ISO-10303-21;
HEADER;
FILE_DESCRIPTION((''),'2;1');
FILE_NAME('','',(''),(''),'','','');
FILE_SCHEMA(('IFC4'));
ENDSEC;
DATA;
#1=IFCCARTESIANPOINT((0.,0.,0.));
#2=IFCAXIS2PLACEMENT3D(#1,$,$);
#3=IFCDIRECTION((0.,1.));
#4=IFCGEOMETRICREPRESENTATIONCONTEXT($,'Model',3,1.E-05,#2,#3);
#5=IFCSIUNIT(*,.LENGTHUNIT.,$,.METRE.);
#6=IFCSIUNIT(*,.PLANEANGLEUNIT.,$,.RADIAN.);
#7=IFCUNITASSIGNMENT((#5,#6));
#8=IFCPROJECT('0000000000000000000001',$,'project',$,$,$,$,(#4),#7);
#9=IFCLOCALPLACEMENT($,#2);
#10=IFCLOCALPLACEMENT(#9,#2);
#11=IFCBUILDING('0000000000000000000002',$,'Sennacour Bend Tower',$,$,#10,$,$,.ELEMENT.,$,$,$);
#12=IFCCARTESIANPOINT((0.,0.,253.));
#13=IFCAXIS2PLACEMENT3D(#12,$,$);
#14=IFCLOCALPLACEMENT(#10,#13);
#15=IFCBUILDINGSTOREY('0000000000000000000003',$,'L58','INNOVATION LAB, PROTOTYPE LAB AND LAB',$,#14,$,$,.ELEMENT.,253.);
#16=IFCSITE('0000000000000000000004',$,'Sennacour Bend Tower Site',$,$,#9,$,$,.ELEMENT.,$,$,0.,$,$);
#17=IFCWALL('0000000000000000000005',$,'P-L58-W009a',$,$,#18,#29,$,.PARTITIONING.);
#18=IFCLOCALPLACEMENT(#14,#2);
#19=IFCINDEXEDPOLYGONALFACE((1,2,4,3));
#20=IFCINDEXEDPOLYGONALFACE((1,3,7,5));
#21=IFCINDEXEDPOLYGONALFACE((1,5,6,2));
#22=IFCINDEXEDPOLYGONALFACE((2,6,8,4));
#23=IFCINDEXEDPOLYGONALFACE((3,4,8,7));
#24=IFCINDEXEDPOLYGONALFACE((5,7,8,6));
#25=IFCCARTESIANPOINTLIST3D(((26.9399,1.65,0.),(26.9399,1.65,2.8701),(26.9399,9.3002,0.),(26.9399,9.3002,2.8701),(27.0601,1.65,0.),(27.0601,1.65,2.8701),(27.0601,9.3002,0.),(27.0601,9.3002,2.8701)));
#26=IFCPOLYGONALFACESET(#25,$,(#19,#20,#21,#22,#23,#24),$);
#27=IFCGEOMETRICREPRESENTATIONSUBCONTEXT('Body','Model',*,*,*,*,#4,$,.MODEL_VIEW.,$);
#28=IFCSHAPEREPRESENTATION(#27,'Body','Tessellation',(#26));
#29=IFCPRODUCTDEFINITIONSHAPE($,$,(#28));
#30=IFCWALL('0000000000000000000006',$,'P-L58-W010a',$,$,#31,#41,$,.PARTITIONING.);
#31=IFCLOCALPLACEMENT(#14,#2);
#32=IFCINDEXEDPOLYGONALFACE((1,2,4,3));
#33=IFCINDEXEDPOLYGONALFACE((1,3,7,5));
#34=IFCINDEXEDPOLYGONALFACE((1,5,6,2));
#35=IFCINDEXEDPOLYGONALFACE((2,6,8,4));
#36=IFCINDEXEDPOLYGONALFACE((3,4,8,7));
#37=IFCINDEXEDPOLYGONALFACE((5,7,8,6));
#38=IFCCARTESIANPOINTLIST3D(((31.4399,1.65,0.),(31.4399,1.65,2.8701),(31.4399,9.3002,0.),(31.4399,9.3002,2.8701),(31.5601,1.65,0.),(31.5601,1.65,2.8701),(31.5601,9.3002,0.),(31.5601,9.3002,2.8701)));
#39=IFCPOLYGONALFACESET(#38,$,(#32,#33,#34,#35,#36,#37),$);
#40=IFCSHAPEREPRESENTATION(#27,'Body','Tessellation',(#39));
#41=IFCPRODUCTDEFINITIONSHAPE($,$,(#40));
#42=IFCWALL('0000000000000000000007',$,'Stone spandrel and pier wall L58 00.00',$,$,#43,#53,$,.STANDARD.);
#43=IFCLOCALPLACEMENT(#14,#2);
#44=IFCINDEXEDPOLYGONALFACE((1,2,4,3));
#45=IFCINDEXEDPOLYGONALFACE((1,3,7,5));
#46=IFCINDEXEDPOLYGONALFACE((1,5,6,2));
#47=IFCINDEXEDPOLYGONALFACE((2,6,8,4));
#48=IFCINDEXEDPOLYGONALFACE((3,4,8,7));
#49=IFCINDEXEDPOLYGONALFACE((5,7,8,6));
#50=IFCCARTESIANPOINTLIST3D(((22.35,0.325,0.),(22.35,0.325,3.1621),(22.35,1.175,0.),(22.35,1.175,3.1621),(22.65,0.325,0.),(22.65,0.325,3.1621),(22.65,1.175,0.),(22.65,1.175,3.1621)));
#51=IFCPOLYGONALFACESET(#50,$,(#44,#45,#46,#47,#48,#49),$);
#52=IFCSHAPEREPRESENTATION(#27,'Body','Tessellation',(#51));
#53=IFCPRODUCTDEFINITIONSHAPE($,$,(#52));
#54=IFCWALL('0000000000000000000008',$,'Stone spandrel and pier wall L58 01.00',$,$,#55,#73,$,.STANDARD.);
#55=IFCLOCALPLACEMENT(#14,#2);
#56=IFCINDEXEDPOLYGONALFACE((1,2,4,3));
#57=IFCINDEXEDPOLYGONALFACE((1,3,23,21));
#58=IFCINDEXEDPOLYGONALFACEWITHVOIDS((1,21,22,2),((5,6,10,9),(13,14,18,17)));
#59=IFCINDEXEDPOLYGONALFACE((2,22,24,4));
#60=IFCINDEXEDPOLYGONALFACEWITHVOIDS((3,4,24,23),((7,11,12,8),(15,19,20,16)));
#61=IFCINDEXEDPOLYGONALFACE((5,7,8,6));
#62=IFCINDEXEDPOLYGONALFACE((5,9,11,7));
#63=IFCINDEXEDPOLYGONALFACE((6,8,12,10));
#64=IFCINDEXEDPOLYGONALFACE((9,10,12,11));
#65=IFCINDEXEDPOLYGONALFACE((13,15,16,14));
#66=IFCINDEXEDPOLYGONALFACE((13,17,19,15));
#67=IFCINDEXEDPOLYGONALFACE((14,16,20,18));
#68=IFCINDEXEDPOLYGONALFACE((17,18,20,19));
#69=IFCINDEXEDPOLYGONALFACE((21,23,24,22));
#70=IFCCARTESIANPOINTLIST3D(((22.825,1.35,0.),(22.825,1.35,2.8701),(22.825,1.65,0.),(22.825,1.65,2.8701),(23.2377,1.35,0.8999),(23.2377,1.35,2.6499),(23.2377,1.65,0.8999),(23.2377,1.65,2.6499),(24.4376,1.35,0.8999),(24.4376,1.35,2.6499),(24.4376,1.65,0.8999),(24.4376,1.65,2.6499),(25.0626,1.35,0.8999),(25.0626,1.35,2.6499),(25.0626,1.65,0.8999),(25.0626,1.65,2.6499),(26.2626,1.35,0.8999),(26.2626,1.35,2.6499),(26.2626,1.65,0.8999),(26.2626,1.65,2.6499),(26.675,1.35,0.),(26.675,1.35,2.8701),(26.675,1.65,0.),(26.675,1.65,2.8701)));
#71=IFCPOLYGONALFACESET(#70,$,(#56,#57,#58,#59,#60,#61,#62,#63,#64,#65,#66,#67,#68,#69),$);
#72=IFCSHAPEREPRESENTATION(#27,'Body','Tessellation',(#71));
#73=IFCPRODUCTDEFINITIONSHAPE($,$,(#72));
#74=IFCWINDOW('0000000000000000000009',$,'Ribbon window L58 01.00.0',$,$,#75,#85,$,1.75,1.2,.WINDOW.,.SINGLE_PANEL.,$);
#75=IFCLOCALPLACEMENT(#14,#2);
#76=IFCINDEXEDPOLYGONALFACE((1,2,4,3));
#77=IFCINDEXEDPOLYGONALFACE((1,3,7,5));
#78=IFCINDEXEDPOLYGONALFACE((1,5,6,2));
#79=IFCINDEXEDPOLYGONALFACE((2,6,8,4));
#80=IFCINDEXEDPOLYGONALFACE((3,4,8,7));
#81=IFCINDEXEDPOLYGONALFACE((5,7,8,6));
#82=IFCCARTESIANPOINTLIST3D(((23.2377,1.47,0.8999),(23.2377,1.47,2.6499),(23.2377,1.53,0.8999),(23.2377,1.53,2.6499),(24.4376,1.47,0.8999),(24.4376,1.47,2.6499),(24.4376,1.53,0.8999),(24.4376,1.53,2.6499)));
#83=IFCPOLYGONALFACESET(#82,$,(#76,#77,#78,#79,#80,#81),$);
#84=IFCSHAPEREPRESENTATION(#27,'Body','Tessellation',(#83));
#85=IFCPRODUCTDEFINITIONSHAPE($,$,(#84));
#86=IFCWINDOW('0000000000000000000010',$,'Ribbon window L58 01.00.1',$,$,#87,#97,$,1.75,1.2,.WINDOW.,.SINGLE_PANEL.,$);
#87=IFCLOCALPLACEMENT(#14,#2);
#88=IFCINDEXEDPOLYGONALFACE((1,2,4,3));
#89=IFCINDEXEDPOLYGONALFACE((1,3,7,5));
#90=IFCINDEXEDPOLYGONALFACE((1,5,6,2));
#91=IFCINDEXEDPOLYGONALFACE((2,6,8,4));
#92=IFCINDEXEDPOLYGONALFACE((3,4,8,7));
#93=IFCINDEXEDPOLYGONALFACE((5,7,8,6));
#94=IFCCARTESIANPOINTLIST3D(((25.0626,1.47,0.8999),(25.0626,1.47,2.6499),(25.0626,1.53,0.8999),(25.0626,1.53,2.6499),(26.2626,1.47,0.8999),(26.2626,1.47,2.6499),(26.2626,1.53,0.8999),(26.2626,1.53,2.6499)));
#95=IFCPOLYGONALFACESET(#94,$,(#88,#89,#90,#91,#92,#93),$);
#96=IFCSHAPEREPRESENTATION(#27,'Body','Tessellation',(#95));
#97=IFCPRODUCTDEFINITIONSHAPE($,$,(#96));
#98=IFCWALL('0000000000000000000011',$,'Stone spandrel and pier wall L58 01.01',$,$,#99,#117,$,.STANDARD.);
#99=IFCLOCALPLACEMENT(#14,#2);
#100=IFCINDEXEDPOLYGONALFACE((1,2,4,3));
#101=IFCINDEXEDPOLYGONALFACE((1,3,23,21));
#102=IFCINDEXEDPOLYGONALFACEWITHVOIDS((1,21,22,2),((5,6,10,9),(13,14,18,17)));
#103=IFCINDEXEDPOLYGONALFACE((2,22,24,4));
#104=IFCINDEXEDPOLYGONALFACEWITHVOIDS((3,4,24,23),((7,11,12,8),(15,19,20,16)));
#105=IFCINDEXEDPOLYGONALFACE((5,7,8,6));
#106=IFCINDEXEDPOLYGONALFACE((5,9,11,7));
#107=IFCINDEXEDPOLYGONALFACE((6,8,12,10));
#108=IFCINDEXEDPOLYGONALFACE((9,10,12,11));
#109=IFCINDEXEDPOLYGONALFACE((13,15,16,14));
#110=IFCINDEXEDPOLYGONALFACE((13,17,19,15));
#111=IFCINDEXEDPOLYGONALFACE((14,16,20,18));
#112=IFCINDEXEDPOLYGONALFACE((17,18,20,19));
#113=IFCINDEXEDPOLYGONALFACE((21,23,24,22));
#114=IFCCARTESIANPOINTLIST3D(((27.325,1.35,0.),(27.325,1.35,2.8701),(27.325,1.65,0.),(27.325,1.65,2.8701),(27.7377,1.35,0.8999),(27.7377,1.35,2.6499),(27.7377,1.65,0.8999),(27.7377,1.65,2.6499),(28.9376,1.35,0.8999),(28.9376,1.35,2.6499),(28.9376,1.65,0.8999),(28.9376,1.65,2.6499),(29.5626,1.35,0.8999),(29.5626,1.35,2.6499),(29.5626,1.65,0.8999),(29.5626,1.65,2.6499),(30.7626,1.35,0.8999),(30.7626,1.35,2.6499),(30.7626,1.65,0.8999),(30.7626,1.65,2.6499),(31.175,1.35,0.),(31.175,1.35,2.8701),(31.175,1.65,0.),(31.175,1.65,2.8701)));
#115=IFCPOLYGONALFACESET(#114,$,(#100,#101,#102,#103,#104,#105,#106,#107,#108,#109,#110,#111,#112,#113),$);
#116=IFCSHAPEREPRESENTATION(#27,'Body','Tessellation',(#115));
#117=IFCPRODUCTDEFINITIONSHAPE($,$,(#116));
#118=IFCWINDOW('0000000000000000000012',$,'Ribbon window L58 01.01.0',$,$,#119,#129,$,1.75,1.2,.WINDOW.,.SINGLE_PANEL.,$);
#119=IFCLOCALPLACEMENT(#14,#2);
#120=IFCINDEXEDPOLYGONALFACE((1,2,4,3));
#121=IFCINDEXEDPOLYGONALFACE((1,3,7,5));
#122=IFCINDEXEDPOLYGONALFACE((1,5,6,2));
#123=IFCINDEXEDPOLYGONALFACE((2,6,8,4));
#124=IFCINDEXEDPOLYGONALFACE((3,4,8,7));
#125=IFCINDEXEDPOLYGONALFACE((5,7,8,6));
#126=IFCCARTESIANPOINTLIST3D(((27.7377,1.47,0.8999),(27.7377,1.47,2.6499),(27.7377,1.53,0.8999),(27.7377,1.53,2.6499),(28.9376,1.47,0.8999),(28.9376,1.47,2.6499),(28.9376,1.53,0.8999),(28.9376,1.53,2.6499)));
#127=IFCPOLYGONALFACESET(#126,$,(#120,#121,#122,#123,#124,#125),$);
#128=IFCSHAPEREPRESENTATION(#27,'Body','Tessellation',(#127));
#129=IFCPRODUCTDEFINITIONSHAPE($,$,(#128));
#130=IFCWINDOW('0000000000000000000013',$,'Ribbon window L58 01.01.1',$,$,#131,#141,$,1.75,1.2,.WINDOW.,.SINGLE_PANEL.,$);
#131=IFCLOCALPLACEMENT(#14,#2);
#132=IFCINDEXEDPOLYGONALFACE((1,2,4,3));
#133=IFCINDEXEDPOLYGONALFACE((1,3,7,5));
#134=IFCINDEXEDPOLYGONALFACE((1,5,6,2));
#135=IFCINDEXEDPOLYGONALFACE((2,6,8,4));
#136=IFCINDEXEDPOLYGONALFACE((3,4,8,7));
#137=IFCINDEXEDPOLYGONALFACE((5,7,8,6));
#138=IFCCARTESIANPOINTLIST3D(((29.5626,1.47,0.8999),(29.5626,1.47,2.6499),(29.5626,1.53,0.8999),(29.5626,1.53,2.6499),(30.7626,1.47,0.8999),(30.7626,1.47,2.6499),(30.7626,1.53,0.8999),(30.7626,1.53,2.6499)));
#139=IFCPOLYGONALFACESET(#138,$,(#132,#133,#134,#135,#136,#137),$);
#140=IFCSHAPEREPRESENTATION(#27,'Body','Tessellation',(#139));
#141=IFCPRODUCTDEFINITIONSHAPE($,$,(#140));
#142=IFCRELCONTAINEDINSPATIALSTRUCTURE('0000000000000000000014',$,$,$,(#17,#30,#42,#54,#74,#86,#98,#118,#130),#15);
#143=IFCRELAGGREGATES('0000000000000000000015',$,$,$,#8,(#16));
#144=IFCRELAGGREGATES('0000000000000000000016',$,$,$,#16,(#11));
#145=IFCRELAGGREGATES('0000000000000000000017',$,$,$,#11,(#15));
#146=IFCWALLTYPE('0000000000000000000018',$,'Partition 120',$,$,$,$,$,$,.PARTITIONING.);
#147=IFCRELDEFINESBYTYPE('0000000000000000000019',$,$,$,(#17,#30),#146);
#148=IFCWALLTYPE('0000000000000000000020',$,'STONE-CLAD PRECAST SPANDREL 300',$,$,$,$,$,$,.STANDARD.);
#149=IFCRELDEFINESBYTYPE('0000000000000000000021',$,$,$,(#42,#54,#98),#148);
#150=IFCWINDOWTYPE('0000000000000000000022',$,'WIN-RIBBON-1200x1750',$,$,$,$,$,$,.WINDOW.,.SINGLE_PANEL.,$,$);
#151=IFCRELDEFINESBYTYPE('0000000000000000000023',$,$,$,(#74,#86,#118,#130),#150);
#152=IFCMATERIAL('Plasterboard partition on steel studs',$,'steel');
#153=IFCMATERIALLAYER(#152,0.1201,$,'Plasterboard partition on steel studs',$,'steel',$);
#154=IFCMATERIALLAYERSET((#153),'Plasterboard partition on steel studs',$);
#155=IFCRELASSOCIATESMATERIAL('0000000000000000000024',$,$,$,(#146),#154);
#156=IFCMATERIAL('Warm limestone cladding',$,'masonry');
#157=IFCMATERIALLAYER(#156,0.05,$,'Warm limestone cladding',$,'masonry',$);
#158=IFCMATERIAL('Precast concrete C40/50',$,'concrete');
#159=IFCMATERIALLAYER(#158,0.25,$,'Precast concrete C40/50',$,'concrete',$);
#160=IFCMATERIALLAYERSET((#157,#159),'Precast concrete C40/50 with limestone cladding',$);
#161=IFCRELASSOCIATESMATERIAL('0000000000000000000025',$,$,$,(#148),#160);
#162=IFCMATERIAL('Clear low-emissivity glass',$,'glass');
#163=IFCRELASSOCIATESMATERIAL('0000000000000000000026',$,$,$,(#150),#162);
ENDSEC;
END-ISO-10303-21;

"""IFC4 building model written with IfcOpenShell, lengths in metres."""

from ifc_helpers import new_model, si_unit, direction, frame, frame_2d, origin, place, context, subcontext, project, spatial, rectangle, extrude, material, layer, layer_set, type_object, element, fill, save


model = new_model("IFC4")

# Units and contexts
model_context = context("Model", 3, precision=1e-05, world=origin(), true_north=direction((0.0, 1.0)))
body_context = subcontext(model_context, "Body", "Model", "MODEL_VIEW")
ifc_project = project(units=[si_unit("LENGTHUNIT", "METRE"), si_unit("PLANEANGLEUNIT", "RADIAN")], contexts=[model_context])

# Site, building, storey
site_placement = place(None, origin())
site = spatial("IfcSite", under=ifc_project, at=site_placement, Name="Sennacour Bend Tower Site", CompositionType="ELEMENT", RefElevation=0.0)
building_placement = place(site_placement, origin())
building = spatial("IfcBuilding", under=site, at=building_placement, Name="Sennacour Bend Tower", CompositionType="ELEMENT")
storey_placement = place(building_placement, frame((0.0, 0.0, 253.0)))
storey = spatial("IfcBuildingStorey", under=building, at=storey_placement, Name="L58", Description="INNOVATION LAB, PROTOTYPE LAB AND LAB", CompositionType="ELEMENT", Elevation=253.0)

# Walls
ifc_material_1 = material(Name="Plasterboard partition on steel studs", Category="steel")
ifc_layer_1 = layer(ifc_material_1, 0.1201, Name="Plasterboard partition on steel studs", Category="steel")
ifc_layer_set_1 = layer_set([ifc_layer_1], Name="Plasterboard partition on steel studs")
wall_type_1 = type_object("IfcWallType", Name="Partition 120", PredefinedType="PARTITIONING", material=ifc_layer_set_1)
for number, where, z_axis, x_axis, name in (
    (1, (27.0, 1.6499, 0.0), (0.0, 0.0, 1.0), (0.0, 1.0, 0.0), "P-L58-W009a"),
    (2, (31.5, 1.6499, 0.0), (0.0, 0.0, 1.0), (0.0, 1.0, 0.0), "P-L58-W010a"),
):
    element("IfcWall", number, at=place(storey_placement, frame(where, z_axis=z_axis, x_axis=x_axis)), inside=storey, type_object=wall_type_1, Name=name, PredefinedType="PARTITIONING", context=body_context, shape_type="SweptSolid", body=[
        extrude(rectangle(XDim=7.6501, YDim=0.1201, at=frame_2d((3.8252, 0.0))), origin(), (0.0, 0.0, 1.0), 2.8701),
    ])
ifc_material_2 = material(Name="Warm limestone cladding", Category="masonry")
ifc_layer_2 = layer(ifc_material_2, 0.05, Name="Warm limestone cladding", Category="masonry")
ifc_material_3 = material(Name="Precast concrete C40/50", Category="concrete")
ifc_layer_3 = layer(ifc_material_3, 0.25, Name="Precast concrete C40/50", Category="concrete")
ifc_layer_set_2 = layer_set([ifc_layer_2, ifc_layer_3], Name="Precast concrete C40/50 with limestone cladding")
wall_type_2 = type_object("IfcWallType", Name="STONE-CLAD PRECAST SPANDREL 300", PredefinedType="STANDARD", material=ifc_layer_set_2)
wall_1_placement = place(storey_placement, frame((22.5, 0.325, 0.0), z_axis=(0.0, 0.0, 1.0), x_axis=(0.0, 1.0, 0.0)))
element("IfcWall", 3, at=wall_1_placement, inside=storey, type_object=wall_type_2, Name="Stone spandrel and pier wall L58 00.00", PredefinedType="STANDARD", context=body_context, shape_type="SweptSolid", body=[
    extrude(rectangle(XDim=0.8501, YDim=0.3, at=frame_2d((0.425, 0.0))), origin(), (0.0, 0.0, 1.0), 3.1621),
])

# Walls, openings, windows
wall_2_placement = place(storey_placement, frame((22.825, 1.5, 0.0), z_axis=(0.0, 0.0, 1.0), x_axis=(1.0, 0.0, 0.0)))
wall_2 = element("IfcWall", 4, at=wall_2_placement, inside=storey, type_object=wall_type_2, Name="Stone spandrel and pier wall L58 01.00", PredefinedType="STANDARD", context=body_context, shape_type="SweptSolid", body=[
    extrude(rectangle(XDim=3.8501, YDim=0.3, at=frame_2d((1.925, 0.0))), origin(), (0.0, 0.0, 1.0), 2.8701),
])
opening_1_placement = place(wall_2_placement, frame((0.4126, 0.0, 0.8999)))
opening_1 = element("IfcOpeningElement", 5, at=opening_1_placement, cuts=wall_2, PredefinedType="OPENING", context=body_context, shape_type="SweptSolid", body=[
    extrude(rectangle(XDim=1.2, YDim=1.75, at=frame_2d((0.6001, 0.875))), frame((0.0, 0.1602, 0.0), z_axis=(0.0, -1.0, 0.0), x_axis=(1.0, 0.0, 0.0)), (0.0, 0.0, 1.0), 0.3201),
])
opening_2_placement = place(wall_2_placement, frame((2.2375, 0.0, 0.8999)))
opening_2 = element("IfcOpeningElement", 6, at=opening_2_placement, cuts=wall_2, PredefinedType="OPENING", context=body_context, shape_type="SweptSolid", body=[
    extrude(rectangle(XDim=1.2, YDim=1.75, at=frame_2d((0.6001, 0.875))), frame((0.0, 0.1602, 0.0), z_axis=(0.0, -1.0, 0.0), x_axis=(1.0, 0.0, 0.0)), (0.0, 0.0, 1.0), 0.3201),
])
ifc_material_4 = material(Name="Clear low-emissivity glass", Category="glass")
window_type = type_object("IfcWindowType", Name="WIN-RIBBON-1200x1750", PartitioningType="SINGLE_PANEL", PredefinedType="WINDOW", material=ifc_material_4)
window_1_placement = place(opening_1_placement, origin())
window_1 = element("IfcWindow", 7, at=window_1_placement, inside=storey, type_object=window_type, Name="Ribbon window L58 01.00.0", OverallHeight=1.75, OverallWidth=1.2, PartitioningType="SINGLE_PANEL", PredefinedType="WINDOW", context=body_context, shape_type="SweptSolid", body=[
    extrude(rectangle(XDim=1.2, YDim=1.75, at=frame_2d((0.6001, 0.875))), frame((0.0, 0.03, 0.0), z_axis=(0.0, -1.0, 0.0), x_axis=(1.0, 0.0, 0.0)), (0.0, 0.0, 1.0), 0.0601),
])
fill(opening_1, window_1)
window_2_placement = place(opening_2_placement, origin())
window_2 = element("IfcWindow", 8, at=window_2_placement, inside=storey, type_object=window_type, Name="Ribbon window L58 01.00.1", OverallHeight=1.75, OverallWidth=1.2, PartitioningType="SINGLE_PANEL", PredefinedType="WINDOW", context=body_context, shape_type="SweptSolid", body=[
    extrude(rectangle(XDim=1.2, YDim=1.75, at=frame_2d((0.6001, 0.875))), frame((0.0, 0.03, 0.0), z_axis=(0.0, -1.0, 0.0), x_axis=(1.0, 0.0, 0.0)), (0.0, 0.0, 1.0), 0.0601),
])
fill(opening_2, window_2)
wall_3_placement = place(storey_placement, frame((27.325, 1.5, 0.0), z_axis=(0.0, 0.0, 1.0), x_axis=(1.0, 0.0, 0.0)))
wall_3 = element("IfcWall", 9, at=wall_3_placement, inside=storey, type_object=wall_type_2, Name="Stone spandrel and pier wall L58 01.01", PredefinedType="STANDARD", context=body_context, shape_type="SweptSolid", body=[
    extrude(rectangle(XDim=3.8501, YDim=0.3, at=frame_2d((1.925, 0.0))), origin(), (0.0, 0.0, 1.0), 2.8701),
])
opening_3_placement = place(wall_3_placement, frame((0.4126, 0.0, 0.8999)))
opening_3 = element("IfcOpeningElement", 10, at=opening_3_placement, cuts=wall_3, PredefinedType="OPENING", context=body_context, shape_type="SweptSolid", body=[
    extrude(rectangle(XDim=1.2, YDim=1.75, at=frame_2d((0.6001, 0.875))), frame((0.0, 0.1602, 0.0), z_axis=(0.0, -1.0, 0.0), x_axis=(1.0, 0.0, 0.0)), (0.0, 0.0, 1.0), 0.3201),
])
opening_4_placement = place(wall_3_placement, frame((2.2375, 0.0, 0.8999)))
opening_4 = element("IfcOpeningElement", 11, at=opening_4_placement, cuts=wall_3, PredefinedType="OPENING", context=body_context, shape_type="SweptSolid", body=[
    extrude(rectangle(XDim=1.2, YDim=1.75, at=frame_2d((0.6001, 0.875))), frame((0.0, 0.1602, 0.0), z_axis=(0.0, -1.0, 0.0), x_axis=(1.0, 0.0, 0.0)), (0.0, 0.0, 1.0), 0.3201),
])
window_3_placement = place(opening_3_placement, origin())
window_3 = element("IfcWindow", 12, at=window_3_placement, inside=storey, type_object=window_type, Name="Ribbon window L58 01.01.0", OverallHeight=1.75, OverallWidth=1.2, PartitioningType="SINGLE_PANEL", PredefinedType="WINDOW", context=body_context, shape_type="SweptSolid", body=[
    extrude(rectangle(XDim=1.2, YDim=1.75, at=frame_2d((0.6001, 0.875))), frame((0.0, 0.03, 0.0), z_axis=(0.0, -1.0, 0.0), x_axis=(1.0, 0.0, 0.0)), (0.0, 0.0, 1.0), 0.0601),
])
fill(opening_3, window_3)
window_4_placement = place(opening_4_placement, origin())
window_4 = element("IfcWindow", 13, at=window_4_placement, inside=storey, type_object=window_type, Name="Ribbon window L58 01.01.1", OverallHeight=1.75, OverallWidth=1.2, PartitioningType="SINGLE_PANEL", PredefinedType="WINDOW", context=body_context, shape_type="SweptSolid", body=[
    extrude(rectangle(XDim=1.2, YDim=1.75, at=frame_2d((0.6001, 0.875))), frame((0.0, 0.03, 0.0), z_axis=(0.0, -1.0, 0.0), x_axis=(1.0, 0.0, 0.0)), (0.0, 0.0, 1.0), 0.0601),
])
fill(opening_4, window_4)

save(model, "model.ifc")
